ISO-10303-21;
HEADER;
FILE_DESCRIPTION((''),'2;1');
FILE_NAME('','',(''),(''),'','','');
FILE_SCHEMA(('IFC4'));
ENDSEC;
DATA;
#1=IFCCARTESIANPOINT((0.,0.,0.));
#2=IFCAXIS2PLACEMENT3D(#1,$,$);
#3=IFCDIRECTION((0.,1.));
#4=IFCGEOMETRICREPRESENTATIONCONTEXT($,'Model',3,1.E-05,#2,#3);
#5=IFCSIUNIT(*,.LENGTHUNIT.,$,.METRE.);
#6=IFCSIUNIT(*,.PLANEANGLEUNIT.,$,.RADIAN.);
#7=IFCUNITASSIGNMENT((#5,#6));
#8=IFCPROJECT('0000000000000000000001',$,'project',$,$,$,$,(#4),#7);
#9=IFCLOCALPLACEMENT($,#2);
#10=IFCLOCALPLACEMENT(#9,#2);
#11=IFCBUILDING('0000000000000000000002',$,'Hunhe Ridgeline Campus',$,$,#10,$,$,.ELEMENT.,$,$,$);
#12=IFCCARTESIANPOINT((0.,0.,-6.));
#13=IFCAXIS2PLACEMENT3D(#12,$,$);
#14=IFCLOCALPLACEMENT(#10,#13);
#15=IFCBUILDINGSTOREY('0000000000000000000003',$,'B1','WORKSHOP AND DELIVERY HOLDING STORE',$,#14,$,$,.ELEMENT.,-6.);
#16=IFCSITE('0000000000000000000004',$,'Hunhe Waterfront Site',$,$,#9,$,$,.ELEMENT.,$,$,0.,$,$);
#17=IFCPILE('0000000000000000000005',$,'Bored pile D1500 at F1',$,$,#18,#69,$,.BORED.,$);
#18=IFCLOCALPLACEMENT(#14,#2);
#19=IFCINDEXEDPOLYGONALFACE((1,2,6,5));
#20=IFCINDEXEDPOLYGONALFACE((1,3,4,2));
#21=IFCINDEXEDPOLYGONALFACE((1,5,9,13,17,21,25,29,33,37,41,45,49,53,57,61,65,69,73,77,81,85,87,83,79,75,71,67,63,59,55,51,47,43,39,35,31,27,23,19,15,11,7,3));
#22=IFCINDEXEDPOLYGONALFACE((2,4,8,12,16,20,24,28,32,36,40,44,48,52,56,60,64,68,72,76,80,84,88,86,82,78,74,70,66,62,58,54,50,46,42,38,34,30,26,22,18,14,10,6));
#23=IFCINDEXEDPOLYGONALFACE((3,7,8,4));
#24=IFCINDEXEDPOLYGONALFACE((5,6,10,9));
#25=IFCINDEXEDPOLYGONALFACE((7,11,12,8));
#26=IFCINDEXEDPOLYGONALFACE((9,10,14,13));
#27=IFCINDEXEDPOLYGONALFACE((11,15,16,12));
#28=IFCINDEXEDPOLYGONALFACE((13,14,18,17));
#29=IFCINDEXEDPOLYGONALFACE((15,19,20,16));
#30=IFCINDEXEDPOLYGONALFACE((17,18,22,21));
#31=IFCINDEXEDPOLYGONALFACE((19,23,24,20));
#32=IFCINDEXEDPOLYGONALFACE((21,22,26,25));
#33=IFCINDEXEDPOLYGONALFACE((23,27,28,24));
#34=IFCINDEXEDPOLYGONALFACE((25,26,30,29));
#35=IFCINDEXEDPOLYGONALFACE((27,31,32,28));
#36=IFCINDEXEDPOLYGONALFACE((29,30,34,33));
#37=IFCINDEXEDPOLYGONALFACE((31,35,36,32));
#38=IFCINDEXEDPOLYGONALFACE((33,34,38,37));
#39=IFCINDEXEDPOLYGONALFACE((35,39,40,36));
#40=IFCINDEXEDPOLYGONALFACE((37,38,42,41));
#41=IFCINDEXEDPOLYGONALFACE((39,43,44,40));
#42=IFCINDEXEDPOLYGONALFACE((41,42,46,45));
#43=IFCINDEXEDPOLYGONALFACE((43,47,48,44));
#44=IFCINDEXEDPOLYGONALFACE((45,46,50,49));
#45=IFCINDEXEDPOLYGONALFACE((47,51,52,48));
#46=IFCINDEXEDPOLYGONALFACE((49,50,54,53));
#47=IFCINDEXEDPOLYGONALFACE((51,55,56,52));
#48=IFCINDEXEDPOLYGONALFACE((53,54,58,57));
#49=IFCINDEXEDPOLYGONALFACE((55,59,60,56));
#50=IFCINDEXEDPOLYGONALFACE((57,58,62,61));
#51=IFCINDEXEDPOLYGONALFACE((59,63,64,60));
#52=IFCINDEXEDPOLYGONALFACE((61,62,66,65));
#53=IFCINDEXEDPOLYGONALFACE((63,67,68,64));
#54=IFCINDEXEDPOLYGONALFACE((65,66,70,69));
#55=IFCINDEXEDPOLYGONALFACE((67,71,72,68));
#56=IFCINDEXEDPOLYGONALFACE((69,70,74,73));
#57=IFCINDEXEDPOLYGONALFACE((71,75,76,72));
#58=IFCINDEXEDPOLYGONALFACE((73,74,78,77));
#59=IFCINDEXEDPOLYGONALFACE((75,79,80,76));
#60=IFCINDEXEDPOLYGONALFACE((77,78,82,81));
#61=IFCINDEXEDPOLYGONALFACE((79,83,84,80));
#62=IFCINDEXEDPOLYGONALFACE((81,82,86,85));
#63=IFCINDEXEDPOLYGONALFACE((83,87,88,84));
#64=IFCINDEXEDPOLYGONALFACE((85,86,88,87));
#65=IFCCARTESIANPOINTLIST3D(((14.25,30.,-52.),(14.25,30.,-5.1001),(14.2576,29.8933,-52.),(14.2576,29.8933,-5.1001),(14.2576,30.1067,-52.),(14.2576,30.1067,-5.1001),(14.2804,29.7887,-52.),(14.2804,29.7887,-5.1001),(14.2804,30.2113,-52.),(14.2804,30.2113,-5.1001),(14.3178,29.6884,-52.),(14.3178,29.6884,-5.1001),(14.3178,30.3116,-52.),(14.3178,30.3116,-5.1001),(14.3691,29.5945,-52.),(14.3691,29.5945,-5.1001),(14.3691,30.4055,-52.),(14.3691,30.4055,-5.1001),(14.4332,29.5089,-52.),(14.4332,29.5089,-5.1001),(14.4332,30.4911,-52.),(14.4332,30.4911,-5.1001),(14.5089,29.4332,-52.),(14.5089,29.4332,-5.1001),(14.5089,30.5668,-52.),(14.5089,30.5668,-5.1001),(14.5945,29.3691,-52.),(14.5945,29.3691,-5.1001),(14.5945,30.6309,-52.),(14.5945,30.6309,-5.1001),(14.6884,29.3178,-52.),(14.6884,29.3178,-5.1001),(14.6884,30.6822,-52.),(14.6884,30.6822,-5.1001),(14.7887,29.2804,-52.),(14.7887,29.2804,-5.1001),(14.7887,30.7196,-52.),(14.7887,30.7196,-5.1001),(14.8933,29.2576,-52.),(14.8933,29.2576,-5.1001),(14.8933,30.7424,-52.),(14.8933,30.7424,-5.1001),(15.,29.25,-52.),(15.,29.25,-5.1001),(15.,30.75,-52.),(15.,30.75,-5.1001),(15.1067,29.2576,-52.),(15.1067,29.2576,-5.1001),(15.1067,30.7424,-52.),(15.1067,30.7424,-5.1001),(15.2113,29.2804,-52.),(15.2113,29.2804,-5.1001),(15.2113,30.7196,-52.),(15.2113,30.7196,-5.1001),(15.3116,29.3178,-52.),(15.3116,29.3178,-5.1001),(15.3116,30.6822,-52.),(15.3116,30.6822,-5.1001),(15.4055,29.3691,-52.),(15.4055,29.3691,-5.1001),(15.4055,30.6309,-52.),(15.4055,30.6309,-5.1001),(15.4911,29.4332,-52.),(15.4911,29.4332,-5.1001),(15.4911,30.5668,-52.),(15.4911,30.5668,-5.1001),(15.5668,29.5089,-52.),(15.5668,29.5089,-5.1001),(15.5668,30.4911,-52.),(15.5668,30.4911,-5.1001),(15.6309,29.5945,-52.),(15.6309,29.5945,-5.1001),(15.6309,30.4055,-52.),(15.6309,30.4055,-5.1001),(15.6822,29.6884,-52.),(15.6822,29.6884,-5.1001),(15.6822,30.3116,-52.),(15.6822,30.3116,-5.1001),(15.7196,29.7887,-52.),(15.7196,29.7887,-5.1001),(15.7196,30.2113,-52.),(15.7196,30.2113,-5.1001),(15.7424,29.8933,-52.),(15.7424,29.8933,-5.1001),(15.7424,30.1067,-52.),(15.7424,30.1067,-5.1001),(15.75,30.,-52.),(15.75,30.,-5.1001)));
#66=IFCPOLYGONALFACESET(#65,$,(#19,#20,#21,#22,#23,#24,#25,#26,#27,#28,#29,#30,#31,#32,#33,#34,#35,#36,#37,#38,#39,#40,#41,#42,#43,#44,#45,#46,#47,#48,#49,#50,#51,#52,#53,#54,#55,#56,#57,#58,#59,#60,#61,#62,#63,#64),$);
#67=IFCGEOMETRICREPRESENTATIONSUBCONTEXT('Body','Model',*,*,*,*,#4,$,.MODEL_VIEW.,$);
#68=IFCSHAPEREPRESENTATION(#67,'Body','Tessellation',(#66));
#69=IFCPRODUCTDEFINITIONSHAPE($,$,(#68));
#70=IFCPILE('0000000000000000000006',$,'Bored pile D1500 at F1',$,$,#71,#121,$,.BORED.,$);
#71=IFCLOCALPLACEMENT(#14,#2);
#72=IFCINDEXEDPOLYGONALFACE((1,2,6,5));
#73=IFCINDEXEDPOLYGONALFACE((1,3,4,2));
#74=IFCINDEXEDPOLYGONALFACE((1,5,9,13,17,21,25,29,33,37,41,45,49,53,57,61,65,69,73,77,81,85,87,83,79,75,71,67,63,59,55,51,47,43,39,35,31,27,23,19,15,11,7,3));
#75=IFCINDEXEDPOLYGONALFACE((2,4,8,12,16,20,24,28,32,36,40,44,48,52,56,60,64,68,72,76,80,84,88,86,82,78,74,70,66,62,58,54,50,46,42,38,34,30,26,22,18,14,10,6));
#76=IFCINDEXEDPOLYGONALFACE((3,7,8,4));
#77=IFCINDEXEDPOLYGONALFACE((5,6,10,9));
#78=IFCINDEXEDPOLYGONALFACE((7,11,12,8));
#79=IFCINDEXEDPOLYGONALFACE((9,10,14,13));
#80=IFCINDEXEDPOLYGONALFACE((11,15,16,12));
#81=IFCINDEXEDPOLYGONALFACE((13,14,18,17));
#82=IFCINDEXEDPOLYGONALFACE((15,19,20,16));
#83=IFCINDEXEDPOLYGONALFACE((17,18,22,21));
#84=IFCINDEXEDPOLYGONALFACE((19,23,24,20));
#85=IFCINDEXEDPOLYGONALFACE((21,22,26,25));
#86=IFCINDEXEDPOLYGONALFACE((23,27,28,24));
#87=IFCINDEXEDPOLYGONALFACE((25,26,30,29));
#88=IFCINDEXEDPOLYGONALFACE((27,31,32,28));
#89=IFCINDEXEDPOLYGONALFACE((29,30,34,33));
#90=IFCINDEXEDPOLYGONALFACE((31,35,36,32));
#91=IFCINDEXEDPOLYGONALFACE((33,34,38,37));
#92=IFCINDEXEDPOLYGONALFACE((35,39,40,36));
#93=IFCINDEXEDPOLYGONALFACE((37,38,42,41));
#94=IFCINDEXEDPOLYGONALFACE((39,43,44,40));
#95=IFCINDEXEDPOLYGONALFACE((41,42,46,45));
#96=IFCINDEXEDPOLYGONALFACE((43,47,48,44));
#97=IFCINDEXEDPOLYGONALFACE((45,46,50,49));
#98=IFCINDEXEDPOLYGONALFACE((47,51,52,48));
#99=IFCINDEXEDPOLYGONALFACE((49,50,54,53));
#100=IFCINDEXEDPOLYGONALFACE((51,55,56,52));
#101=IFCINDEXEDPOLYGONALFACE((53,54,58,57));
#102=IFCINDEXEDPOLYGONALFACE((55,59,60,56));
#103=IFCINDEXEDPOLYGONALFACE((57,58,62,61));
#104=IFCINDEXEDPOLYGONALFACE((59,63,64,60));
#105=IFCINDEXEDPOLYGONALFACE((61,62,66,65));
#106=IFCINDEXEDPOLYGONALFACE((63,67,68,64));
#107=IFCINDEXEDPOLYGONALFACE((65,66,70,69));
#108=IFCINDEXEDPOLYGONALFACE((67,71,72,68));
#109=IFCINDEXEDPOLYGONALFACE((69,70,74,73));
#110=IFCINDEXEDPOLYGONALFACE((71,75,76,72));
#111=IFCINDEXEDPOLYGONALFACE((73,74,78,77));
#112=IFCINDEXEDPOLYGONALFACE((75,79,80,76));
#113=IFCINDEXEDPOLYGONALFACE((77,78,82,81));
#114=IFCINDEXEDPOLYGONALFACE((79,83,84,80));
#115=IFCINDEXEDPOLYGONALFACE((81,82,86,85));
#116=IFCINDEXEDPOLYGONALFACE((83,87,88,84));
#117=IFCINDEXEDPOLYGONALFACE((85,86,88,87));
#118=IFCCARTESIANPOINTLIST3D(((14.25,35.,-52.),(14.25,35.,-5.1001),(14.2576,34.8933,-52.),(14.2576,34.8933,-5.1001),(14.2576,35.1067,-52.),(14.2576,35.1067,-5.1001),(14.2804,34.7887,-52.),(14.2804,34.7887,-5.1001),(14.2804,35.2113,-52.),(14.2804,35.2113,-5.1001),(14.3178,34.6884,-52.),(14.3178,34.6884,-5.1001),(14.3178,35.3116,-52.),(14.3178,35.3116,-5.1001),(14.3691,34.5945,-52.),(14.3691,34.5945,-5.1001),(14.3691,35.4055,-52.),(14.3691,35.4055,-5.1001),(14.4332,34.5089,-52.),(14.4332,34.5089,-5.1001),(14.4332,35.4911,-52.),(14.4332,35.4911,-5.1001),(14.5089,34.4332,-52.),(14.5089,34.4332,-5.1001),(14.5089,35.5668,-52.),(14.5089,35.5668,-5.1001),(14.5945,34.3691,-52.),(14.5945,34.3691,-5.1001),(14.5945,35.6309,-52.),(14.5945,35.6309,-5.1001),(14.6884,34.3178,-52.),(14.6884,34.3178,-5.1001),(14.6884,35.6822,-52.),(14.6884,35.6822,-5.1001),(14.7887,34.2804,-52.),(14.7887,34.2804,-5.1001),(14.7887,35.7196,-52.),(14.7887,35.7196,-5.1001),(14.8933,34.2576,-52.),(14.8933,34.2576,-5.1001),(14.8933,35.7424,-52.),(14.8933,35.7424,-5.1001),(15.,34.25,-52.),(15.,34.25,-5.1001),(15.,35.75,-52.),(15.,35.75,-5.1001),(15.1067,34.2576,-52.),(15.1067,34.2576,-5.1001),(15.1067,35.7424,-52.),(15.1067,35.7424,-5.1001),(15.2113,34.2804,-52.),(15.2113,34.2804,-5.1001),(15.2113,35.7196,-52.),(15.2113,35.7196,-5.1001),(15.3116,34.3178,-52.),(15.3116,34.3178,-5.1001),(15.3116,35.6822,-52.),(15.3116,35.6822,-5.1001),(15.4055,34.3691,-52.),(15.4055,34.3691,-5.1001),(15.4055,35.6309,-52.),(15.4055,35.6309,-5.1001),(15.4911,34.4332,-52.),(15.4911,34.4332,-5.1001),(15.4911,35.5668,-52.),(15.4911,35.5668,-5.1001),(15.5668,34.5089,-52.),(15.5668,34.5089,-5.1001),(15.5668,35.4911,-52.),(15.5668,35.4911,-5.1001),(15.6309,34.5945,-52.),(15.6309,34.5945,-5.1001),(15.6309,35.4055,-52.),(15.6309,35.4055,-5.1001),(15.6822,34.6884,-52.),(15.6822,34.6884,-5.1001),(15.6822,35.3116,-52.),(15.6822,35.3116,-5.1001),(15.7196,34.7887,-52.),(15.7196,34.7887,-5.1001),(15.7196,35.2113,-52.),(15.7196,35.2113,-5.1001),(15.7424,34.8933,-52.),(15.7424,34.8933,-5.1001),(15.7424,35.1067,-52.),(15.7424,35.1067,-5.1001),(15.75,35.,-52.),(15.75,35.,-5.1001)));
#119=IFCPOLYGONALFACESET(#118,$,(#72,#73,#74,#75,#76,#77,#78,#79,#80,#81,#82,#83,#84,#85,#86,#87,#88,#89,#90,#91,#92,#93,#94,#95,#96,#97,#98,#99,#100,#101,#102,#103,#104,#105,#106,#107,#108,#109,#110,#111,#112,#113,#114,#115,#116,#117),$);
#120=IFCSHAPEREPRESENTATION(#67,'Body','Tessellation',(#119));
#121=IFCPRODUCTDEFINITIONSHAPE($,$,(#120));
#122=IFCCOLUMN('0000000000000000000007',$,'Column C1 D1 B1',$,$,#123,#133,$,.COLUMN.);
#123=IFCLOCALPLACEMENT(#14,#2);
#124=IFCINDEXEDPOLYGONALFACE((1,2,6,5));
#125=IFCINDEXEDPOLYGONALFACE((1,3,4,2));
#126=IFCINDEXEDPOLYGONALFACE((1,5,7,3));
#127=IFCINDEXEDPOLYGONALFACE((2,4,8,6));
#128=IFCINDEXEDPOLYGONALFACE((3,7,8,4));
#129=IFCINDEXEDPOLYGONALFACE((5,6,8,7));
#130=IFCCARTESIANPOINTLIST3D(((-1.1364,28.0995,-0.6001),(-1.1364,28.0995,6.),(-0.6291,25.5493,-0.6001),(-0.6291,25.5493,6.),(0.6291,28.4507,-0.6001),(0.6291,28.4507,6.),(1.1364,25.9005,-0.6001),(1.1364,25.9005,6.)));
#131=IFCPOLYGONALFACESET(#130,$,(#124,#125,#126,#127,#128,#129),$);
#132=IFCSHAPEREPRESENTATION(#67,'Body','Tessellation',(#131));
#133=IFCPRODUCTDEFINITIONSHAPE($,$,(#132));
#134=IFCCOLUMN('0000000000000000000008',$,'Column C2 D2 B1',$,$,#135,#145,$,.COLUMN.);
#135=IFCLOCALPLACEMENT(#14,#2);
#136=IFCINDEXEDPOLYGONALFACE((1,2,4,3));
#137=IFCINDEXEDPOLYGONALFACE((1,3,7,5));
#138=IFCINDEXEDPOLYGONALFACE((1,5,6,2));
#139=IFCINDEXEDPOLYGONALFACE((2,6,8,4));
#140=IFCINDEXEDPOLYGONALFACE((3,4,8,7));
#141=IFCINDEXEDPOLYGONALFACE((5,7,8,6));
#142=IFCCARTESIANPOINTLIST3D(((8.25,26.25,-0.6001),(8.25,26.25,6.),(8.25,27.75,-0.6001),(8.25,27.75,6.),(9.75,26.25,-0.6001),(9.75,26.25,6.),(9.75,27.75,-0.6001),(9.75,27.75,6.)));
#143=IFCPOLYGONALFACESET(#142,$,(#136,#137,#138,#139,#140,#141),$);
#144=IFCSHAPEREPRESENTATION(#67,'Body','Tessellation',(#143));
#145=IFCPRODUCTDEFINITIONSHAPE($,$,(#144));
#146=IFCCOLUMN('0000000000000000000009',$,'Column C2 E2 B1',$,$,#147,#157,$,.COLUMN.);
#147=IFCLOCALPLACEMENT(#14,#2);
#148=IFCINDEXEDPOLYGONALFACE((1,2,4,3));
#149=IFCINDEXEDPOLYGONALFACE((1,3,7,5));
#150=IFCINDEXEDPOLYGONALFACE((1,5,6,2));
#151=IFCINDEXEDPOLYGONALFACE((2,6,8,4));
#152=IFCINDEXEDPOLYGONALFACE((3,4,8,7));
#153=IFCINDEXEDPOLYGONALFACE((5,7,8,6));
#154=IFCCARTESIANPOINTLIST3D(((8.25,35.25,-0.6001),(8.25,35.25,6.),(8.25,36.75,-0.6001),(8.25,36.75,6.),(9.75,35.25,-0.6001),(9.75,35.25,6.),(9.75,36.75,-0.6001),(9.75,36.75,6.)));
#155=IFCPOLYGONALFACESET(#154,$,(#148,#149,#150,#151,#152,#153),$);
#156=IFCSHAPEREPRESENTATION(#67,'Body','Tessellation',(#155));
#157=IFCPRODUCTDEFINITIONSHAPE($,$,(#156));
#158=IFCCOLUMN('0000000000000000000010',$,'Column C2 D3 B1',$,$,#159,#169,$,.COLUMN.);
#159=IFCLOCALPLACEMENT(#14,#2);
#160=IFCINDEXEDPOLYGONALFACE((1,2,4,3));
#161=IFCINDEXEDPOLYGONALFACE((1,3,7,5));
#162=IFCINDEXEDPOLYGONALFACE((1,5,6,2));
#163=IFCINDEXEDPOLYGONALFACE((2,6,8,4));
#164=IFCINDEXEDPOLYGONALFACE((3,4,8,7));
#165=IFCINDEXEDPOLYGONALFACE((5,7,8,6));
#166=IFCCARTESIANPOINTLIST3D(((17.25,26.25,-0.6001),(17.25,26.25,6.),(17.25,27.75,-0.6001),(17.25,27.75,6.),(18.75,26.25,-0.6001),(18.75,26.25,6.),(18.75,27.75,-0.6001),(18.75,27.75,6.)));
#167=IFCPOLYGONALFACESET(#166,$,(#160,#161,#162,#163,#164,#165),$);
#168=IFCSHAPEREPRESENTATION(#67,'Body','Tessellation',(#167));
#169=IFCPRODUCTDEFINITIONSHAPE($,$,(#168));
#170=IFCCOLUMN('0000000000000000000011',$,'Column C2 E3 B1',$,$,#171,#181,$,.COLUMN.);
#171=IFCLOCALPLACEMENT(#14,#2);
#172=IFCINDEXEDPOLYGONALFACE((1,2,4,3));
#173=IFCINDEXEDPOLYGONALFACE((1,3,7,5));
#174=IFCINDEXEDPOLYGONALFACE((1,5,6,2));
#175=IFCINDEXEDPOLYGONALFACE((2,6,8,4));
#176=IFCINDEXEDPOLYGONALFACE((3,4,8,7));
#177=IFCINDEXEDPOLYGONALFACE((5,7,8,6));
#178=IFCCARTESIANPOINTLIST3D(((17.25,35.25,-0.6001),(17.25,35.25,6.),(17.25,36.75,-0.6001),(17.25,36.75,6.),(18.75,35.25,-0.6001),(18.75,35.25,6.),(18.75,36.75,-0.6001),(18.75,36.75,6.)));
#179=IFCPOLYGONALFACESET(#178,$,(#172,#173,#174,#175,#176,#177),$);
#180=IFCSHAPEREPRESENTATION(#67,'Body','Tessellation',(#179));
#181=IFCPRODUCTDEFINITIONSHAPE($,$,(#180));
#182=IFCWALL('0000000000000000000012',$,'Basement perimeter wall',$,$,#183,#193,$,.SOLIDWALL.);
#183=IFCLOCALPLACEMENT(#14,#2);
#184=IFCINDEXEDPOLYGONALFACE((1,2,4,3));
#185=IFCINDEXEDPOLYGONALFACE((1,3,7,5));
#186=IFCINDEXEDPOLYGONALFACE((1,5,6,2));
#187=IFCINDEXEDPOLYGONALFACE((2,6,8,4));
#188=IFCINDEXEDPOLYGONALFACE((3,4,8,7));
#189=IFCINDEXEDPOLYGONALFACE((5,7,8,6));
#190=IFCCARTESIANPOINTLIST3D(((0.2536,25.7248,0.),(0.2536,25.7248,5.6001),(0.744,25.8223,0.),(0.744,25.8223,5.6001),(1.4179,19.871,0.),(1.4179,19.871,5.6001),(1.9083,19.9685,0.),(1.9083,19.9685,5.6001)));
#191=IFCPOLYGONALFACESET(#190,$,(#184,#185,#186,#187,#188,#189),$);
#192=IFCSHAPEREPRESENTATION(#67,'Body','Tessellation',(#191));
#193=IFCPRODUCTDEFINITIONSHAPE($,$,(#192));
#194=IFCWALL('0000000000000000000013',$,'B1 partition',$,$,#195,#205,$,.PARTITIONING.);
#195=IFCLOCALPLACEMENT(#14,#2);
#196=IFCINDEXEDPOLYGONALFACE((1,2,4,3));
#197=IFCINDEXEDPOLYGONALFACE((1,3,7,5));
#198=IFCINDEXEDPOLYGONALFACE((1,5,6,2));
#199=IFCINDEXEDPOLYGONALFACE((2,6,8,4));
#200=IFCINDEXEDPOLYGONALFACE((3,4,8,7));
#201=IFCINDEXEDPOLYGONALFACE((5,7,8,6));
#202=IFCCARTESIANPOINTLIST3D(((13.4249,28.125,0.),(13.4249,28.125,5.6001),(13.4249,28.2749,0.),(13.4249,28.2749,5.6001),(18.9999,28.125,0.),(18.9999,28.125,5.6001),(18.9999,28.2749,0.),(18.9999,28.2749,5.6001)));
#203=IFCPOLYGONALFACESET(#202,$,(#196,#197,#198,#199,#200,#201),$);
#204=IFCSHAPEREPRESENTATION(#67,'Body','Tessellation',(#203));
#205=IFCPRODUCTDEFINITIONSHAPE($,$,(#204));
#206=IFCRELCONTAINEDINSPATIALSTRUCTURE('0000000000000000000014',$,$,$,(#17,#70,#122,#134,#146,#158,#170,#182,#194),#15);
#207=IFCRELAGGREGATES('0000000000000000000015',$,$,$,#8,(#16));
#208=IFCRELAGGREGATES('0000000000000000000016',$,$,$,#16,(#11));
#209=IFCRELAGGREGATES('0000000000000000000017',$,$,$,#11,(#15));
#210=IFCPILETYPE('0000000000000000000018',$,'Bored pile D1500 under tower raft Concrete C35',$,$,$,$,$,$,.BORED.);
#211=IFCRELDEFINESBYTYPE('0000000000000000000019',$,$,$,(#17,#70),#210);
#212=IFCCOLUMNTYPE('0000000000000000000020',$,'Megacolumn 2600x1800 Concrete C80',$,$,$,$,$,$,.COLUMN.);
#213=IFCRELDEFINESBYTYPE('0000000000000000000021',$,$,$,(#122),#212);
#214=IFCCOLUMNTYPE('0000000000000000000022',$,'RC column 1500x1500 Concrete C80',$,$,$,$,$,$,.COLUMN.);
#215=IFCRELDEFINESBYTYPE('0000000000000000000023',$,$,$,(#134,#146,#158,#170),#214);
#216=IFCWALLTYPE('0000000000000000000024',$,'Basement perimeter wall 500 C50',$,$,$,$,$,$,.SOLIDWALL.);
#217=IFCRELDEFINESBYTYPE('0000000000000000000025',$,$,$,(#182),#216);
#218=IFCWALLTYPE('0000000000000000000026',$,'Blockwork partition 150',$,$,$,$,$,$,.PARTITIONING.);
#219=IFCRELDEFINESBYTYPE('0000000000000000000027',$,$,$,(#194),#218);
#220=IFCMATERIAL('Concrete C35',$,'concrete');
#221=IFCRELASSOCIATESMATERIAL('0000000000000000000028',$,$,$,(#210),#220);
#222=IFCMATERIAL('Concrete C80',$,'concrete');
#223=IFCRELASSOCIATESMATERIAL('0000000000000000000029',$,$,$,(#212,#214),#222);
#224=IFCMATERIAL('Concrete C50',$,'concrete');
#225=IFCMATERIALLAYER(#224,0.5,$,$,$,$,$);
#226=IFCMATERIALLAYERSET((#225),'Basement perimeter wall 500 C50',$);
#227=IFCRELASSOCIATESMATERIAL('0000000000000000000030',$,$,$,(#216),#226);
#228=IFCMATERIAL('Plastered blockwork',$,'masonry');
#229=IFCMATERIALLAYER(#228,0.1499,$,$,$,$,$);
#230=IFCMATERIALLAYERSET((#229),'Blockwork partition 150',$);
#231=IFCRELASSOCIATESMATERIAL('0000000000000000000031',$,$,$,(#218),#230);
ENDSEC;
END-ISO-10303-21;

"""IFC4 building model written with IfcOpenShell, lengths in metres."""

from ifc_helpers import new_model, si_unit, direction, frame, frame_2d, origin, origin_2d, place, context, subcontext, project, spatial, rectangle, circle, extrude, material, layer, layer_set, material_profile, profile_set, type_object, element, save


model = new_model("IFC4")

# Units and contexts
model_context = context("Model", 3, precision=1e-05, world=origin(), true_north=direction((0.0, 1.0)))
body_context = subcontext(model_context, "Body", "Model", "MODEL_VIEW")
ifc_project = project(units=[si_unit("LENGTHUNIT", "METRE"), si_unit("PLANEANGLEUNIT", "RADIAN")], contexts=[model_context])

# Site, building, storey
site_placement = place(None, origin())
site = spatial("IfcSite", under=ifc_project, at=site_placement, Name="Hunhe Waterfront Site", CompositionType="ELEMENT", RefElevation=0.0)
building_placement = place(site_placement, origin())
building = spatial("IfcBuilding", under=site, at=building_placement, Name="Hunhe Ridgeline Campus", CompositionType="ELEMENT")
storey_placement = place(building_placement, frame((0.0, 0.0, -6.0)))
storey = spatial("IfcBuildingStorey", under=building, at=storey_placement, Name="B1", Description="WORKSHOP AND DELIVERY HOLDING STORE", CompositionType="ELEMENT", Elevation=-6.0)

# Piles
ifc_material_1 = material(Name="Concrete C35", Category="concrete")
ifc_material_profile_1 = material_profile(ifc_material_1, circle(Radius=0.75, at=origin_2d()))
ifc_profile_set_1 = profile_set([ifc_material_profile_1], Name="Concrete C35")
pile_type = type_object("IfcPileType", Name="Bored pile D1500 under tower raft Concrete C35", PredefinedType="BORED", material=ifc_profile_set_1)
for number, where, z_axis, x_axis, name in (
    (1, (15.0, 30.0, -5.1001), (0.0, 0.0, -1.0), (1.0, 0.0, 0.0), "Bored pile D1500 at F1"),
    (2, (15.0, 35.0, -5.1001), (0.0, 0.0, -1.0), (1.0, 0.0, 0.0), "Bored pile D1500 at F1"),
):
    element("IfcPile", number, at=place(storey_placement, frame(where, z_axis=z_axis, x_axis=x_axis)), inside=storey, type_object=pile_type, Name=name, PredefinedType="BORED", context=body_context, shape_type="SweptSolid", body=[
        extrude(circle(Radius=0.75, at=origin_2d()), origin(), (0.0, 0.0, 1.0), 46.8999),
    ])

# Columns
ifc_material_2 = material(Name="Concrete C80", Category="concrete")
ifc_material_profile_2 = material_profile(ifc_material_2, rectangle(XDim=2.6001, YDim=1.8, at=origin_2d()))
ifc_profile_set_2 = profile_set([ifc_material_profile_2], Name="Concrete C80")
column_type_1 = type_object("IfcColumnType", Name="Megacolumn 2600x1800 Concrete C80", PredefinedType="COLUMN", material=ifc_profile_set_2)
column_placement = place(storey_placement, frame((0.0, 27.0, -0.6001), z_axis=(0.0, 0.0, 1.0), x_axis=(-0.19509, 0.980785, 0.0)))
element("IfcColumn", 3, at=column_placement, inside=storey, type_object=column_type_1, Name="Column C1 D1 B1", PredefinedType="COLUMN", context=body_context, shape_type="SweptSolid", body=[
    extrude(rectangle(XDim=2.6001, YDim=1.8, at=origin_2d()), origin(), (0.0, 0.0, 1.0), 6.6001),
])
ifc_material_profile_3 = material_profile(ifc_material_2, rectangle(XDim=1.5, YDim=1.5, at=origin_2d()))
ifc_profile_set_3 = profile_set([ifc_material_profile_3], Name="Concrete C80")
column_type_2 = type_object("IfcColumnType", Name="RC column 1500x1500 Concrete C80", PredefinedType="COLUMN", material=ifc_profile_set_3)
for number, where, z_axis, x_axis, name in (
    (4, (9.0, 27.0, -0.6001), (0.0, 0.0, 1.0), (1.0, 0.0, 0.0), "Column C2 D2 B1"),
    (5, (9.0, 36.0, -0.6001), (0.0, 0.0, 1.0), (1.0, 0.0, 0.0), "Column C2 E2 B1"),
    (6, (18.0, 27.0, -0.6001), (0.0, 0.0, 1.0), (1.0, 0.0, 0.0), "Column C2 D3 B1"),
    (7, (18.0, 36.0, -0.6001), (0.0, 0.0, 1.0), (1.0, 0.0, 0.0), "Column C2 E3 B1"),
):
    element("IfcColumn", number, at=place(storey_placement, frame(where, z_axis=z_axis, x_axis=x_axis)), inside=storey, type_object=column_type_2, Name=name, PredefinedType="COLUMN", context=body_context, shape_type="SweptSolid", body=[
        extrude(rectangle(XDim=1.5, YDim=1.5, at=origin_2d()), origin(), (0.0, 0.0, 1.0), 6.6001),
    ])

# Walls
ifc_material_3 = material(Name="Concrete C50", Category="concrete")
ifc_layer_1 = layer(ifc_material_3, 0.5)
ifc_layer_set_1 = layer_set([ifc_layer_1], Name="Basement perimeter wall 500 C50")
wall_type_1 = type_object("IfcWallType", Name="Basement perimeter wall 500 C50", PredefinedType="SOLIDWALL", material=ifc_layer_set_1)
wall_1_placement = place(storey_placement, frame((0.4988, 25.7737, 0.0), z_axis=(0.0, 0.0, 1.0), x_axis=(0.195078, -0.980788, 0.0)))
element("IfcWall", 8, at=wall_1_placement, inside=storey, type_object=wall_type_1, Name="Basement perimeter wall", PredefinedType="SOLIDWALL", context=body_context, shape_type="SweptSolid", body=[
    extrude(rectangle(XDim=5.9685, YDim=0.5, at=frame_2d((2.9844, 0.0))), origin(), (0.0, 0.0, 1.0), 5.6001),
])
ifc_material_4 = material(Name="Plastered blockwork", Category="masonry")
ifc_layer_2 = layer(ifc_material_4, 0.1499)
ifc_layer_set_2 = layer_set([ifc_layer_2], Name="Blockwork partition 150")
wall_type_2 = type_object("IfcWallType", Name="Blockwork partition 150", PredefinedType="PARTITIONING", material=ifc_layer_set_2)
wall_2_placement = place(storey_placement, frame((19.0, 28.2, 0.0), z_axis=(0.0, 0.0, 1.0), x_axis=(-1.0, 0.0, 0.0)))
element("IfcWall", 9, at=wall_2_placement, inside=storey, type_object=wall_type_2, Name="B1 partition", PredefinedType="PARTITIONING", context=body_context, shape_type="SweptSolid", body=[
    extrude(rectangle(XDim=5.575, YDim=0.1499, at=frame_2d((2.7876, 0.0))), origin(), (0.0, 0.0, 1.0), 5.6001),
])

save(model, "model.ifc")
